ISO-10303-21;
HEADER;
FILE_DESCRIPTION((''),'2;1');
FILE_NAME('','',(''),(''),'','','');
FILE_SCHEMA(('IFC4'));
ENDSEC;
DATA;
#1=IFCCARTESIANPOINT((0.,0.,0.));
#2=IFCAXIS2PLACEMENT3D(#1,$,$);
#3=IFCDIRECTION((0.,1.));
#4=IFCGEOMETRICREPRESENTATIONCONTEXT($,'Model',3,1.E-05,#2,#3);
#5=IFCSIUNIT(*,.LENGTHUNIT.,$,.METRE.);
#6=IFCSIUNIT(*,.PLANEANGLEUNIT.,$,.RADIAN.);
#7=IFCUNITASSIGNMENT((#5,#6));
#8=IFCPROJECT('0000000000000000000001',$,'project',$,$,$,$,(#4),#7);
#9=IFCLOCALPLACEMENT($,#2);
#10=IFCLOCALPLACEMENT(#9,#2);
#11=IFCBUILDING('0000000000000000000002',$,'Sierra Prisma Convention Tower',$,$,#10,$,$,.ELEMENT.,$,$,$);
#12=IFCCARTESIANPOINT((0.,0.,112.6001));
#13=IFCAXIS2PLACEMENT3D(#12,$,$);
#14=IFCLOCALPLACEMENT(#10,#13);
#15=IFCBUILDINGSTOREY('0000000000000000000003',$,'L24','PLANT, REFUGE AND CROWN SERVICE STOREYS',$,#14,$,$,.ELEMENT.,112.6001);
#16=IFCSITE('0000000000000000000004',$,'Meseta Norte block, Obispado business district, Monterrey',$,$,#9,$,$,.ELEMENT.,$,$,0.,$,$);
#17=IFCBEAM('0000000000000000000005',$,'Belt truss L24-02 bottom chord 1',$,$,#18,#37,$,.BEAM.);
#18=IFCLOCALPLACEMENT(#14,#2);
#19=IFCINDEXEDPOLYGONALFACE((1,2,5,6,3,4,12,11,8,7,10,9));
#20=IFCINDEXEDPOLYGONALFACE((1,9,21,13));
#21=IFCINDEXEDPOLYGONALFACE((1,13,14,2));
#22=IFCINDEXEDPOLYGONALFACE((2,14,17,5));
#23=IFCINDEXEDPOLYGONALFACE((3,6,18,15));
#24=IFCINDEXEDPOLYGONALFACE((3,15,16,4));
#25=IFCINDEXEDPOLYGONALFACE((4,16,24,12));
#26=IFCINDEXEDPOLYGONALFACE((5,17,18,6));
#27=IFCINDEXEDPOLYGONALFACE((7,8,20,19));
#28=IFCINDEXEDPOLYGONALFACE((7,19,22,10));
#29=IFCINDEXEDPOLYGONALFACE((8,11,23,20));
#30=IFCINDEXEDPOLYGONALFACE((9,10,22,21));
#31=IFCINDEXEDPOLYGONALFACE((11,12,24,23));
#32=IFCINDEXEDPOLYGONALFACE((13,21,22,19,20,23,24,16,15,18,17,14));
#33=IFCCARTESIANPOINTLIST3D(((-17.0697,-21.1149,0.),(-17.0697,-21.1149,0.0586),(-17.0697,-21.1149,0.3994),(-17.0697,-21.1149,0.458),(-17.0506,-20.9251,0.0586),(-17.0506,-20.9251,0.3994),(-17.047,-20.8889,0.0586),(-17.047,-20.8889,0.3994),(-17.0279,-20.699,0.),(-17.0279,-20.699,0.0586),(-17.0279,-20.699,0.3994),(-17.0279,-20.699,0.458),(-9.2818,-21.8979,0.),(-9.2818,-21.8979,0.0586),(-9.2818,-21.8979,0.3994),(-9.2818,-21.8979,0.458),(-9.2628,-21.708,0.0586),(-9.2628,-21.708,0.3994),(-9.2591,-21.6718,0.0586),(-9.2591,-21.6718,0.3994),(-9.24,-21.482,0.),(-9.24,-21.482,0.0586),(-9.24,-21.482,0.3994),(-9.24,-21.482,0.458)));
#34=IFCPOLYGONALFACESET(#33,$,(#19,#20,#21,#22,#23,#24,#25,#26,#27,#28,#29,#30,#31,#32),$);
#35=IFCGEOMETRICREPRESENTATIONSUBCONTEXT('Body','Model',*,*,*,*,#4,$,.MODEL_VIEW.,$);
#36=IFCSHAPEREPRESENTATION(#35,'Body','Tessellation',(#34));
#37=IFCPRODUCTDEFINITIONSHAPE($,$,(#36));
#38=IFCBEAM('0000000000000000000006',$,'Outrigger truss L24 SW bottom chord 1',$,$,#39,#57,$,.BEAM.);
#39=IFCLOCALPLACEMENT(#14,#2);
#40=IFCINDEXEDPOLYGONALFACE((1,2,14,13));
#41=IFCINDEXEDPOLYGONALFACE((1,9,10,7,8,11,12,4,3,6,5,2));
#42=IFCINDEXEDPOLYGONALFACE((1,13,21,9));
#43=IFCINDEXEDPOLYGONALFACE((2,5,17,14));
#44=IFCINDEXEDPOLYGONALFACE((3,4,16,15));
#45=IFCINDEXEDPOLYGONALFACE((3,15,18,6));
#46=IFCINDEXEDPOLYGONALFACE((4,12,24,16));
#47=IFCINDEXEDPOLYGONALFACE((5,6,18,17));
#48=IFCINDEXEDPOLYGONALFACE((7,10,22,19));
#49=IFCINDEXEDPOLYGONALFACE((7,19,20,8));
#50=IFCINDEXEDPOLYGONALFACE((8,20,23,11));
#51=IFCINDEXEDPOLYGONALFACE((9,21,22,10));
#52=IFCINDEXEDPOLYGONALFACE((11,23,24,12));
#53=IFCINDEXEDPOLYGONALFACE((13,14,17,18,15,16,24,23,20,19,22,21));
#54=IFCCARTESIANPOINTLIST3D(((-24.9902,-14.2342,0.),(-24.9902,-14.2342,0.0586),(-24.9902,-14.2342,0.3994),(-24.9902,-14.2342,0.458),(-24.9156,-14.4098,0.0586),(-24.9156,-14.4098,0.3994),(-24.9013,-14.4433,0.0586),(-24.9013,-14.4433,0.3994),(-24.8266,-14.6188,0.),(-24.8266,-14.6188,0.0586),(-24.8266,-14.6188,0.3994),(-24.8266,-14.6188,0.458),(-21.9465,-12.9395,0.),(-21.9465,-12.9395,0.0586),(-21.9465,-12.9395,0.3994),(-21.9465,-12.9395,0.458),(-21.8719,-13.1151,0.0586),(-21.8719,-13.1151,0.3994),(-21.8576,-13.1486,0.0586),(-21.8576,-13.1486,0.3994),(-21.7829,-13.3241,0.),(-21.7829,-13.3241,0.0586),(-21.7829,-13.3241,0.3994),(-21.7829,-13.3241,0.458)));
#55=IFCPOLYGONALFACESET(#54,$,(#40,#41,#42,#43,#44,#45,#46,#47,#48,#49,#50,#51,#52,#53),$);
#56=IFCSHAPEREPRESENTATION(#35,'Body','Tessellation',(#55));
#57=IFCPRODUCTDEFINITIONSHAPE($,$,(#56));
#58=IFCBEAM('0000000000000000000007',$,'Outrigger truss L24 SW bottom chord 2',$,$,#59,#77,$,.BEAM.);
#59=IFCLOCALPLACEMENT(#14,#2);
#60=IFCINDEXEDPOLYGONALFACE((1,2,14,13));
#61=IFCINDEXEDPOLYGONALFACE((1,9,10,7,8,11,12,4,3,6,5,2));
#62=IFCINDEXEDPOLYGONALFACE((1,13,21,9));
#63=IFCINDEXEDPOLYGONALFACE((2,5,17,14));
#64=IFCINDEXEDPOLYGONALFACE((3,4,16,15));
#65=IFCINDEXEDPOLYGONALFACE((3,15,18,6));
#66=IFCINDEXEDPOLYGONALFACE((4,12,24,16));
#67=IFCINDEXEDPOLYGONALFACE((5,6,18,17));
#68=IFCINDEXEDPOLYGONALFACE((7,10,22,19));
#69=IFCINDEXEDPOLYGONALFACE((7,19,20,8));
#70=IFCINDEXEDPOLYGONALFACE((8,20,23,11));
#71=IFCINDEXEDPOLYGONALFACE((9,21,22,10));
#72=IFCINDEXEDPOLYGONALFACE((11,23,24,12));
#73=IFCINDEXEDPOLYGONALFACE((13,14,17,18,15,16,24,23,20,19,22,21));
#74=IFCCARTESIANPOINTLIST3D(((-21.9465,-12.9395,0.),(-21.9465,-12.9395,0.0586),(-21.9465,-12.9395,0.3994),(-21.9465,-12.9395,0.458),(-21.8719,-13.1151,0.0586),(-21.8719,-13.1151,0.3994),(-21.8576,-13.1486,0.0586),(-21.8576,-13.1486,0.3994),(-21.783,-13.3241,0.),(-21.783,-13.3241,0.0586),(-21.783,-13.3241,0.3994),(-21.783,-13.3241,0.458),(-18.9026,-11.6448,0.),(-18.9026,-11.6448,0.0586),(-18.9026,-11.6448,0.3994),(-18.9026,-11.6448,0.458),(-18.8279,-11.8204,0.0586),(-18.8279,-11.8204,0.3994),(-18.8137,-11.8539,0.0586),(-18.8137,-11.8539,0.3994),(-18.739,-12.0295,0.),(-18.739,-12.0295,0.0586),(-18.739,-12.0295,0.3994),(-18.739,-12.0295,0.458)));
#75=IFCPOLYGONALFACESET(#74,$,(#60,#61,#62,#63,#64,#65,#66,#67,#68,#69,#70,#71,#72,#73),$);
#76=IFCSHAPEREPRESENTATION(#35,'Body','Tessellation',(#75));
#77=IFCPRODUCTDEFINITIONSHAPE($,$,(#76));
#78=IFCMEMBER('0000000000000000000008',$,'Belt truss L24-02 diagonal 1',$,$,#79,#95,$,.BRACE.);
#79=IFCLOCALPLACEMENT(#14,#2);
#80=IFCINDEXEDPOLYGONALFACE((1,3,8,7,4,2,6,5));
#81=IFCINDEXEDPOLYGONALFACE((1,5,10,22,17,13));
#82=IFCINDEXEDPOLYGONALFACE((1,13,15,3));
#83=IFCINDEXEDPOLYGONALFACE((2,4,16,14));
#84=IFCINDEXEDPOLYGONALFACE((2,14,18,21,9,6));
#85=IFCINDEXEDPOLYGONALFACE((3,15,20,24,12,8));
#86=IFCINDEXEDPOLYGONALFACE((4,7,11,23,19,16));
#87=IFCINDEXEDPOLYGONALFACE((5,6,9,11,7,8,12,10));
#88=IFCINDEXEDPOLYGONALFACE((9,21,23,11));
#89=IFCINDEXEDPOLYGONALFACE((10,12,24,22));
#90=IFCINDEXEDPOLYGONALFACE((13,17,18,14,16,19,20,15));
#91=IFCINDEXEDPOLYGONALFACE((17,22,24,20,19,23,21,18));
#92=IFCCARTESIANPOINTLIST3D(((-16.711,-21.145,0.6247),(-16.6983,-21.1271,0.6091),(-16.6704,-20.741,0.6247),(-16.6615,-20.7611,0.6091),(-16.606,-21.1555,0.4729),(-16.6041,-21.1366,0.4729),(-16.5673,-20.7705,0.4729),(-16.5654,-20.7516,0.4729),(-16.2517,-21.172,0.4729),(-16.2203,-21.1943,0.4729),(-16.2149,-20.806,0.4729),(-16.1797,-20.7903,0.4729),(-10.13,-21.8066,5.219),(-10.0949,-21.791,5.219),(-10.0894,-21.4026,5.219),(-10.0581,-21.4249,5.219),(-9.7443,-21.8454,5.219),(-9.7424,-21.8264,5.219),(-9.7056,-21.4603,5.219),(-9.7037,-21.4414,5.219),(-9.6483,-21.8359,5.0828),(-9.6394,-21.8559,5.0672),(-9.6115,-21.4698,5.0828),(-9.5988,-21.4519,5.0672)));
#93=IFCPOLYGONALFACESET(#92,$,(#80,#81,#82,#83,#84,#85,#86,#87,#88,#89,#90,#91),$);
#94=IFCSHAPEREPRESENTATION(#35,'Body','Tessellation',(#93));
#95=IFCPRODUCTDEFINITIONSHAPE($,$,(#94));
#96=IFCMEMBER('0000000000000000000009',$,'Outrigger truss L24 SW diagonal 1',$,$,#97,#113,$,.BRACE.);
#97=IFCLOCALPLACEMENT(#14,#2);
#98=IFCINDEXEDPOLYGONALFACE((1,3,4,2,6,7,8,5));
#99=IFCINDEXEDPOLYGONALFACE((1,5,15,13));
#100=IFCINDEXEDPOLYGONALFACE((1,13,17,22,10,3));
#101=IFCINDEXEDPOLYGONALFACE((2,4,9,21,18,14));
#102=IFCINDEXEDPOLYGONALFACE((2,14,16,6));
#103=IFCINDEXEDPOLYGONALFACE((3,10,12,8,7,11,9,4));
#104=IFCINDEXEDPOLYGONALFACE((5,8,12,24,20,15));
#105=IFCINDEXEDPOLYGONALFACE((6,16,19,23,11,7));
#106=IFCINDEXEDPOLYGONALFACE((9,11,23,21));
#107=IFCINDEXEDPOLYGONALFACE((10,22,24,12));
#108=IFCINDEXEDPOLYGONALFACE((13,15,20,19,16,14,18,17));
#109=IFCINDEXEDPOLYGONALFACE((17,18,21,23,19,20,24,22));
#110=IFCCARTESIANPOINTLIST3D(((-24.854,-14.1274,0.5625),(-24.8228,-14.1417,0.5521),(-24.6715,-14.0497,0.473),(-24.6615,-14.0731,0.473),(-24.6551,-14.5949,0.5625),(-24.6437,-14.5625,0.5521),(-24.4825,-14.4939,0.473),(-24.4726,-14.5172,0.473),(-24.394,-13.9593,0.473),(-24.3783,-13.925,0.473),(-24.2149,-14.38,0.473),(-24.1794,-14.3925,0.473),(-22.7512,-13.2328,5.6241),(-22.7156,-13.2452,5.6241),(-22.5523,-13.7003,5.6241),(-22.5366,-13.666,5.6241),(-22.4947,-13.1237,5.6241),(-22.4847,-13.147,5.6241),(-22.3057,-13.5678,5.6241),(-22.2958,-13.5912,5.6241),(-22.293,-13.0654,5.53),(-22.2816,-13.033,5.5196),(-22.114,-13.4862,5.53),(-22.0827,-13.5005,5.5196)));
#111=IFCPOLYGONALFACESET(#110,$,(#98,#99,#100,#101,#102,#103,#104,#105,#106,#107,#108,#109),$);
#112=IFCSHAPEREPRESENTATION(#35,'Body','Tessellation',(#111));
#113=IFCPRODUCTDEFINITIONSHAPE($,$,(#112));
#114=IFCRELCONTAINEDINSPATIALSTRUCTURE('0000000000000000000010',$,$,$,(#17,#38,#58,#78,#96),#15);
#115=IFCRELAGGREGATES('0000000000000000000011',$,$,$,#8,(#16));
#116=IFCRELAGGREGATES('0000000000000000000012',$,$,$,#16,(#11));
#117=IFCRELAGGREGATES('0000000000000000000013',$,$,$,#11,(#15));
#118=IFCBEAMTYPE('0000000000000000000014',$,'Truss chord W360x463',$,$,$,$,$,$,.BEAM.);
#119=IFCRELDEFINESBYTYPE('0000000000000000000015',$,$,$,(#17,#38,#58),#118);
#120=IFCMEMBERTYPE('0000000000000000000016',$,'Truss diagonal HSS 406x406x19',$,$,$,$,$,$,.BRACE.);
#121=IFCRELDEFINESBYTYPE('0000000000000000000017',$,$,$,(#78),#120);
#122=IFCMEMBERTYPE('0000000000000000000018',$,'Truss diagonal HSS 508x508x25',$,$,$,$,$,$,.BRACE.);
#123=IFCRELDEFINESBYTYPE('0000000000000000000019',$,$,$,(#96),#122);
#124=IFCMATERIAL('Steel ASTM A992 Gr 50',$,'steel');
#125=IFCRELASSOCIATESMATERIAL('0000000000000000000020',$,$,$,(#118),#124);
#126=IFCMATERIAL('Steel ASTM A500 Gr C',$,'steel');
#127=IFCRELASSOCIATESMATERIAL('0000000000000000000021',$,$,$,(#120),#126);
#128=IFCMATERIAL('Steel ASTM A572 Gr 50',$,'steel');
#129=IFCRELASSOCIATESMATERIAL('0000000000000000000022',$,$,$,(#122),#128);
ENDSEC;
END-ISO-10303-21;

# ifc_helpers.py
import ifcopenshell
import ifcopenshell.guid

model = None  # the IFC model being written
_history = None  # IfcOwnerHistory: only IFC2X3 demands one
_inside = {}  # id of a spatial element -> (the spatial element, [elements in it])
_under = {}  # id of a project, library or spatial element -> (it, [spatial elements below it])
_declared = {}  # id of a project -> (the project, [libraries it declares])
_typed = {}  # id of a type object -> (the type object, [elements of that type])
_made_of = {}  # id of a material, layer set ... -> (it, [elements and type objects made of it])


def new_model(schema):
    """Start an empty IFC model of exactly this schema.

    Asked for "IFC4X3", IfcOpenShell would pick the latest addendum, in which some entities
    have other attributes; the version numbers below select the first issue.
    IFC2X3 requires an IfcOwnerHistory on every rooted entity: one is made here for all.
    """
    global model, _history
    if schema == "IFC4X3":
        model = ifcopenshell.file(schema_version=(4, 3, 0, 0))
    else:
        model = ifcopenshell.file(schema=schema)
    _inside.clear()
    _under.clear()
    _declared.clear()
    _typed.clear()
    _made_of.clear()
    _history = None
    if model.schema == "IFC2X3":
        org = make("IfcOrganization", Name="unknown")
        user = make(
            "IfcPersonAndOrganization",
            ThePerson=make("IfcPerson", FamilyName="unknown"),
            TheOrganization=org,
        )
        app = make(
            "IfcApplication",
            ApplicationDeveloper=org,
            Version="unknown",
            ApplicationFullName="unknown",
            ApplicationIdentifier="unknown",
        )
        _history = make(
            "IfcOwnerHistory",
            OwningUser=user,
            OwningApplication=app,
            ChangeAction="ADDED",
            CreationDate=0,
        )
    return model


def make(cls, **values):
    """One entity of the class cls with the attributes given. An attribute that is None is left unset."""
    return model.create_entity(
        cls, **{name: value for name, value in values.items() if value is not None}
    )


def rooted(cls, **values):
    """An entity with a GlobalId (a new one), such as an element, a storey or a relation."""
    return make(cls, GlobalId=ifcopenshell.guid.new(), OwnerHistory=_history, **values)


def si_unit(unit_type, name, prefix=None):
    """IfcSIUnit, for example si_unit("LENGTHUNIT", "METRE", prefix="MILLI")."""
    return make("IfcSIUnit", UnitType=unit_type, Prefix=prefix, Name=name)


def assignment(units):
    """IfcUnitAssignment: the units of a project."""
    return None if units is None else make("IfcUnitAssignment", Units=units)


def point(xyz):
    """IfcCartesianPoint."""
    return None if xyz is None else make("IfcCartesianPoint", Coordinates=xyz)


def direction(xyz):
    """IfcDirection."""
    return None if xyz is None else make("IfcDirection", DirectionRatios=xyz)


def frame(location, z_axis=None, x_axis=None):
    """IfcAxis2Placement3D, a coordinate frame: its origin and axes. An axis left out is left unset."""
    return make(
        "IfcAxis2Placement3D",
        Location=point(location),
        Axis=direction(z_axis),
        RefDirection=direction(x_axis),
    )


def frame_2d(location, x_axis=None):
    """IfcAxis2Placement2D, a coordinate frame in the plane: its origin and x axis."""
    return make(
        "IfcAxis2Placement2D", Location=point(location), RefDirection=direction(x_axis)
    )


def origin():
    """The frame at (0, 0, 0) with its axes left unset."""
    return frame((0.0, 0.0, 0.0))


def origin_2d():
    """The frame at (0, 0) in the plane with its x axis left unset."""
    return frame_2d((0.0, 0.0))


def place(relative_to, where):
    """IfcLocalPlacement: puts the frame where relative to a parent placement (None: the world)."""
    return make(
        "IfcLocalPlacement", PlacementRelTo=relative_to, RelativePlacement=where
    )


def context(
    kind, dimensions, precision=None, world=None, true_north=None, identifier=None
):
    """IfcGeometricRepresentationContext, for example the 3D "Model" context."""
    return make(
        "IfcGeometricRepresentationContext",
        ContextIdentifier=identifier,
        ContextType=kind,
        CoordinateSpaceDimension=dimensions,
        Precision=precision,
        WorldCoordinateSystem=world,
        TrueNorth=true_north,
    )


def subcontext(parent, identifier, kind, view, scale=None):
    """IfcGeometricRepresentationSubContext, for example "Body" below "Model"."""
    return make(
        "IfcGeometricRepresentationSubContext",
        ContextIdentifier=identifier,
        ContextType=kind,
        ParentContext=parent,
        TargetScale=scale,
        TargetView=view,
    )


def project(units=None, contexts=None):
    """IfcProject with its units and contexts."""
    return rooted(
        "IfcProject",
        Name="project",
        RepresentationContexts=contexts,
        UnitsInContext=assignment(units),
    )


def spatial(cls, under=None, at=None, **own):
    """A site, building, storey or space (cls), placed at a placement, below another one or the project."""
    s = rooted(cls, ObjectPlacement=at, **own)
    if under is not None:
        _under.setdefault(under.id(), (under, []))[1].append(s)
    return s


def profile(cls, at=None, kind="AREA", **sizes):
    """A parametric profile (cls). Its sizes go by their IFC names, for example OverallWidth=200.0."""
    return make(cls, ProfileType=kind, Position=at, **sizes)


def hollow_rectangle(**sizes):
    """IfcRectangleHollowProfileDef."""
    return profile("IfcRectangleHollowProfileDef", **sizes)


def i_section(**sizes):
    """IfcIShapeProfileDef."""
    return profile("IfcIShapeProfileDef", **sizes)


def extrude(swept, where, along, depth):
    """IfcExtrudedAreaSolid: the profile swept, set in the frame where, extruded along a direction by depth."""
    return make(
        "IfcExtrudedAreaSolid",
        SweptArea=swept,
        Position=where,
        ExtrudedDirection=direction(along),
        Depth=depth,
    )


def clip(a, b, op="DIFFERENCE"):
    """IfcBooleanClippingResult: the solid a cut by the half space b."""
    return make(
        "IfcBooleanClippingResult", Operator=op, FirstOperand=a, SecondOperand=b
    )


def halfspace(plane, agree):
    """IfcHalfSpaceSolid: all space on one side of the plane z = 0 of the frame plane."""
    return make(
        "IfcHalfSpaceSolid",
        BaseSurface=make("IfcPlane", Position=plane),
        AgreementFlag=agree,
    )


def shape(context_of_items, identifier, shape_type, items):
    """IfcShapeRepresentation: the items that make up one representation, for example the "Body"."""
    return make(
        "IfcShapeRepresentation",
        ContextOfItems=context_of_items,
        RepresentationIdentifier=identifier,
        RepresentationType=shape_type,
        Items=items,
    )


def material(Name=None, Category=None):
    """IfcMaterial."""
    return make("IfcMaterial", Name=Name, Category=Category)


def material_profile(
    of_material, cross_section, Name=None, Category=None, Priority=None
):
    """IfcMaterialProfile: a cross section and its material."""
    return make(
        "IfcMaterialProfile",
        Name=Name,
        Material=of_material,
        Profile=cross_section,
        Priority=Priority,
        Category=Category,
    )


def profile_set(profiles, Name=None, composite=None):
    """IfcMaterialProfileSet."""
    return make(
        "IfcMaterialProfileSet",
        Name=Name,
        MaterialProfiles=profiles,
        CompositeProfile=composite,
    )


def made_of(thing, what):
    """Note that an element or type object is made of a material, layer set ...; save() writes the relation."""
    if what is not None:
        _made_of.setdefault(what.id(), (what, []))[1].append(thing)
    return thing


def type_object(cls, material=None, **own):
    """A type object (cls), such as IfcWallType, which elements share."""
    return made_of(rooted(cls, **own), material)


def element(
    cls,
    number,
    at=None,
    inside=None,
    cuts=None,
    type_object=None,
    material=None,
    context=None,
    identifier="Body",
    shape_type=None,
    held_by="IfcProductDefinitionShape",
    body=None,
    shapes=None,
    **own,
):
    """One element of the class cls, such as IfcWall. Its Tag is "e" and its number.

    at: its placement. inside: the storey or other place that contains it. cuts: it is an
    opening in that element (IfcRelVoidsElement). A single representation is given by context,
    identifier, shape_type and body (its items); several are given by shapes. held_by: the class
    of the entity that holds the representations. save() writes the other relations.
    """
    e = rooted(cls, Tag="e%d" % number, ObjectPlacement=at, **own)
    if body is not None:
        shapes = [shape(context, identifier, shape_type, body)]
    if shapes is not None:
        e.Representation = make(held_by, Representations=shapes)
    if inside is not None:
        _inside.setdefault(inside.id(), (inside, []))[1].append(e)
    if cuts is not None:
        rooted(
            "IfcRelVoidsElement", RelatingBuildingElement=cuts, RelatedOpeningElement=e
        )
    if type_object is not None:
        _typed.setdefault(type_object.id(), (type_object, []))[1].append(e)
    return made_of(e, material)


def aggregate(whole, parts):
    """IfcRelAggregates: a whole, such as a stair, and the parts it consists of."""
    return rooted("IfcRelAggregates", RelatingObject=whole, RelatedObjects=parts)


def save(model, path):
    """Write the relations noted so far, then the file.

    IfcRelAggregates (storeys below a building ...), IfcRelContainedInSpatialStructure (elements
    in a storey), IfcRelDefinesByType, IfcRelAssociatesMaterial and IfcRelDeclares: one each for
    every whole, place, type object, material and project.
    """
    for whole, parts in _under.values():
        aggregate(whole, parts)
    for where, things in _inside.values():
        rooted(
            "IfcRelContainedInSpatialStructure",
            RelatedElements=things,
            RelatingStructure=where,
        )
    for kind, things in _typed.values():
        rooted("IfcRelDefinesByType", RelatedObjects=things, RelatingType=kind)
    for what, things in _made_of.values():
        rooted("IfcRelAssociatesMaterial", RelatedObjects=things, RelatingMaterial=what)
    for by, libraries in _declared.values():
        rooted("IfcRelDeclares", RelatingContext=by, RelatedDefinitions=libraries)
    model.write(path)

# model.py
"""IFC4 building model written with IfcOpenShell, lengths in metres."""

from ifc_helpers import new_model, si_unit, direction, frame, origin, origin_2d, place, context, subcontext, project, spatial, hollow_rectangle, i_section, extrude, clip, halfspace, material, material_profile, profile_set, type_object, element, save


model = new_model("IFC4")

# Units and contexts
model_context = context("Model", 3, precision=1e-05, world=origin(), true_north=direction((0.0, 1.0)))
body_context = subcontext(model_context, "Body", "Model", "MODEL_VIEW")
ifc_project = project(units=[si_unit("LENGTHUNIT", "METRE"), si_unit("PLANEANGLEUNIT", "RADIAN")], contexts=[model_context])

# Site, building, storey
site_placement = place(None, origin())
site = spatial("IfcSite", under=ifc_project, at=site_placement, Name="Meseta Norte block, Obispado business district, Monterrey", CompositionType="ELEMENT", RefElevation=0.0)
building_placement = place(site_placement, origin())
building = spatial("IfcBuilding", under=site, at=building_placement, Name="Sierra Prisma Convention Tower", CompositionType="ELEMENT")
storey_placement = place(building_placement, frame((0.0, 0.0, 112.6001)))
storey = spatial("IfcBuildingStorey", under=building, at=storey_placement, Name="L24", Description="PLANT, REFUGE AND CROWN SERVICE STOREYS", CompositionType="ELEMENT", Elevation=112.6001)

# Beams
ifc_material_1 = material(Name="Steel ASTM A992 Gr 50", Category="steel")
ifc_material_profile_1 = material_profile(ifc_material_1, i_section(OverallWidth=0.418, OverallDepth=0.458, WebThickness=0.0364, FlangeThickness=0.0586, at=origin_2d()), Name="W360x463")
ifc_profile_set_1 = profile_set([ifc_material_profile_1], Name="Steel ASTM A992 Gr 50")
beam_type_1 = type_object("IfcBeamType", Name="Truss chord W360x463", PredefinedType="BEAM", material=ifc_profile_set_1)
beam_1_placement = place(storey_placement, frame((-17.0488, -20.907, 0.229), z_axis=(0.994984, -0.100032, 0.0), x_axis=(0.100032, 0.994984, 0.0)))
element("IfcBeam", 1, at=beam_1_placement, inside=storey, type_object=beam_type_1, Name="Belt truss L24-02 bottom chord 1", PredefinedType="BEAM", context=body_context, shape_type="SweptSolid", body=[
    extrude(i_section(OverallWidth=0.418, OverallDepth=0.458, WebThickness=0.0364, FlangeThickness=0.0586, at=origin_2d()), origin(), (0.0, 0.0, 1.0), 7.8271),
])
beam_2_placement = place(storey_placement, frame((-24.9084, -14.4265, 0.229), z_axis=(0.920211, 0.391424, 0.0), x_axis=(-0.391424, 0.920211, 0.0)))
element("IfcBeam", 2, at=beam_2_placement, inside=storey, type_object=beam_type_1, Name="Outrigger truss L24 SW bottom chord 1", PredefinedType="BEAM", context=body_context, shape_type="SweptSolid", body=[
    extrude(i_section(OverallWidth=0.418, OverallDepth=0.458, WebThickness=0.0364, FlangeThickness=0.0586, at=origin_2d()), origin(), (0.0, 0.0, 1.0), 3.3076),
])
beam_3_placement = place(storey_placement, frame((-21.8647, -13.1318, 0.229), z_axis=(0.920222, 0.391397, 0.0), x_axis=(-0.391397, 0.920222, 0.0)))
element("IfcBeam", 3, at=beam_3_placement, inside=storey, type_object=beam_type_1, Name="Outrigger truss L24 SW bottom chord 2", PredefinedType="BEAM", context=body_context, shape_type="SweptSolid", body=[
    extrude(i_section(OverallWidth=0.418, OverallDepth=0.458, WebThickness=0.0364, FlangeThickness=0.0586, at=origin_2d()), origin(), (0.0, 0.0, 1.0), 3.3079),
])

# Members
ifc_material_2 = material(Name="Steel ASTM A500 Gr C", Category="steel")
ifc_material_profile_2 = material_profile(ifc_material_2, hollow_rectangle(XDim=0.406, YDim=0.406, WallThickness=0.019, at=origin_2d()), Name="Truss diagonal HSS 406x406x19")
ifc_profile_set_2 = profile_set([ifc_material_profile_2], Name="Steel ASTM A500 Gr C")
member_type_1 = type_object("IfcMemberType", Name="Truss diagonal HSS 406x406x19", PredefinedType="BRACE", material=ifc_profile_set_2)
member_1_placement = place(storey_placement, frame((-16.5754, -20.9546, 0.458), z_axis=(0.817184, -0.082153, 0.570492), x_axis=(0.100028, 0.994985, 0.0)))
element("IfcMember", 4, at=member_1_placement, inside=storey, type_object=member_type_1, Name="Belt truss L24-02 diagonal 1", PredefinedType="BRACE", context=body_context, shape_type="SweptSolid", body=[
    clip(clip(extrude(hollow_rectangle(XDim=0.406, YDim=0.406, WallThickness=0.019, at=origin_2d()), origin(), (0.0, 0.0, 1.0), 8.3716), halfspace(frame((0.0002, 0.0122, 0.0085), z_axis=(0.0, 0.821303, 0.570492), x_axis=(1.0, 0.0, 0.0)), True)), halfspace(frame((0.0, -0.0122, 8.363), z_axis=(0.0, -0.821303, -0.570492), x_axis=(1.0, 0.0, 0.0)), True)),
])
ifc_material_3 = material(Name="Steel ASTM A572 Gr 50", Category="steel")
ifc_material_profile_3 = material_profile(ifc_material_3, hollow_rectangle(XDim=0.5081, YDim=0.5081, WallThickness=0.0254, at=origin_2d()), Name="Truss diagonal HSS 508x508x25")
ifc_profile_set_3 = profile_set([ifc_material_profile_3], Name="Steel ASTM A572 Gr 50")
member_type_2 = type_object("IfcMemberType", Name="Truss diagonal HSS 508x508x25", PredefinedType="BRACE", material=ifc_profile_set_3)
member_2_placement = place(storey_placement, frame((-24.5415, -14.2705, 0.458), z_axis=(0.37865, 0.161091, 0.911413), x_axis=(-0.39148, 0.920187, 0.0)))
element("IfcMember", 5, at=member_2_placement, inside=storey, type_object=member_type_2, Name="Outrigger truss L24 SW diagonal 1", PredefinedType="BRACE", context=body_context, shape_type="SweptSolid", body=[
    clip(clip(extrude(hollow_rectangle(XDim=0.5081, YDim=0.5081, WallThickness=0.0254, at=origin_2d()), origin(), (0.0, 0.0, 1.0), 5.6682), halfspace(frame((0.0, 0.0061, 0.0137), z_axis=(0.0, 0.411493, 0.911413), x_axis=(1.0, 0.0, 0.0)), True)), halfspace(frame((0.0, 0.0, 5.6682), z_axis=(0.0, -0.411493, -0.911413), x_axis=(1.0, 0.0, 0.0)), True)),
])

save(model, "model.ifc")
